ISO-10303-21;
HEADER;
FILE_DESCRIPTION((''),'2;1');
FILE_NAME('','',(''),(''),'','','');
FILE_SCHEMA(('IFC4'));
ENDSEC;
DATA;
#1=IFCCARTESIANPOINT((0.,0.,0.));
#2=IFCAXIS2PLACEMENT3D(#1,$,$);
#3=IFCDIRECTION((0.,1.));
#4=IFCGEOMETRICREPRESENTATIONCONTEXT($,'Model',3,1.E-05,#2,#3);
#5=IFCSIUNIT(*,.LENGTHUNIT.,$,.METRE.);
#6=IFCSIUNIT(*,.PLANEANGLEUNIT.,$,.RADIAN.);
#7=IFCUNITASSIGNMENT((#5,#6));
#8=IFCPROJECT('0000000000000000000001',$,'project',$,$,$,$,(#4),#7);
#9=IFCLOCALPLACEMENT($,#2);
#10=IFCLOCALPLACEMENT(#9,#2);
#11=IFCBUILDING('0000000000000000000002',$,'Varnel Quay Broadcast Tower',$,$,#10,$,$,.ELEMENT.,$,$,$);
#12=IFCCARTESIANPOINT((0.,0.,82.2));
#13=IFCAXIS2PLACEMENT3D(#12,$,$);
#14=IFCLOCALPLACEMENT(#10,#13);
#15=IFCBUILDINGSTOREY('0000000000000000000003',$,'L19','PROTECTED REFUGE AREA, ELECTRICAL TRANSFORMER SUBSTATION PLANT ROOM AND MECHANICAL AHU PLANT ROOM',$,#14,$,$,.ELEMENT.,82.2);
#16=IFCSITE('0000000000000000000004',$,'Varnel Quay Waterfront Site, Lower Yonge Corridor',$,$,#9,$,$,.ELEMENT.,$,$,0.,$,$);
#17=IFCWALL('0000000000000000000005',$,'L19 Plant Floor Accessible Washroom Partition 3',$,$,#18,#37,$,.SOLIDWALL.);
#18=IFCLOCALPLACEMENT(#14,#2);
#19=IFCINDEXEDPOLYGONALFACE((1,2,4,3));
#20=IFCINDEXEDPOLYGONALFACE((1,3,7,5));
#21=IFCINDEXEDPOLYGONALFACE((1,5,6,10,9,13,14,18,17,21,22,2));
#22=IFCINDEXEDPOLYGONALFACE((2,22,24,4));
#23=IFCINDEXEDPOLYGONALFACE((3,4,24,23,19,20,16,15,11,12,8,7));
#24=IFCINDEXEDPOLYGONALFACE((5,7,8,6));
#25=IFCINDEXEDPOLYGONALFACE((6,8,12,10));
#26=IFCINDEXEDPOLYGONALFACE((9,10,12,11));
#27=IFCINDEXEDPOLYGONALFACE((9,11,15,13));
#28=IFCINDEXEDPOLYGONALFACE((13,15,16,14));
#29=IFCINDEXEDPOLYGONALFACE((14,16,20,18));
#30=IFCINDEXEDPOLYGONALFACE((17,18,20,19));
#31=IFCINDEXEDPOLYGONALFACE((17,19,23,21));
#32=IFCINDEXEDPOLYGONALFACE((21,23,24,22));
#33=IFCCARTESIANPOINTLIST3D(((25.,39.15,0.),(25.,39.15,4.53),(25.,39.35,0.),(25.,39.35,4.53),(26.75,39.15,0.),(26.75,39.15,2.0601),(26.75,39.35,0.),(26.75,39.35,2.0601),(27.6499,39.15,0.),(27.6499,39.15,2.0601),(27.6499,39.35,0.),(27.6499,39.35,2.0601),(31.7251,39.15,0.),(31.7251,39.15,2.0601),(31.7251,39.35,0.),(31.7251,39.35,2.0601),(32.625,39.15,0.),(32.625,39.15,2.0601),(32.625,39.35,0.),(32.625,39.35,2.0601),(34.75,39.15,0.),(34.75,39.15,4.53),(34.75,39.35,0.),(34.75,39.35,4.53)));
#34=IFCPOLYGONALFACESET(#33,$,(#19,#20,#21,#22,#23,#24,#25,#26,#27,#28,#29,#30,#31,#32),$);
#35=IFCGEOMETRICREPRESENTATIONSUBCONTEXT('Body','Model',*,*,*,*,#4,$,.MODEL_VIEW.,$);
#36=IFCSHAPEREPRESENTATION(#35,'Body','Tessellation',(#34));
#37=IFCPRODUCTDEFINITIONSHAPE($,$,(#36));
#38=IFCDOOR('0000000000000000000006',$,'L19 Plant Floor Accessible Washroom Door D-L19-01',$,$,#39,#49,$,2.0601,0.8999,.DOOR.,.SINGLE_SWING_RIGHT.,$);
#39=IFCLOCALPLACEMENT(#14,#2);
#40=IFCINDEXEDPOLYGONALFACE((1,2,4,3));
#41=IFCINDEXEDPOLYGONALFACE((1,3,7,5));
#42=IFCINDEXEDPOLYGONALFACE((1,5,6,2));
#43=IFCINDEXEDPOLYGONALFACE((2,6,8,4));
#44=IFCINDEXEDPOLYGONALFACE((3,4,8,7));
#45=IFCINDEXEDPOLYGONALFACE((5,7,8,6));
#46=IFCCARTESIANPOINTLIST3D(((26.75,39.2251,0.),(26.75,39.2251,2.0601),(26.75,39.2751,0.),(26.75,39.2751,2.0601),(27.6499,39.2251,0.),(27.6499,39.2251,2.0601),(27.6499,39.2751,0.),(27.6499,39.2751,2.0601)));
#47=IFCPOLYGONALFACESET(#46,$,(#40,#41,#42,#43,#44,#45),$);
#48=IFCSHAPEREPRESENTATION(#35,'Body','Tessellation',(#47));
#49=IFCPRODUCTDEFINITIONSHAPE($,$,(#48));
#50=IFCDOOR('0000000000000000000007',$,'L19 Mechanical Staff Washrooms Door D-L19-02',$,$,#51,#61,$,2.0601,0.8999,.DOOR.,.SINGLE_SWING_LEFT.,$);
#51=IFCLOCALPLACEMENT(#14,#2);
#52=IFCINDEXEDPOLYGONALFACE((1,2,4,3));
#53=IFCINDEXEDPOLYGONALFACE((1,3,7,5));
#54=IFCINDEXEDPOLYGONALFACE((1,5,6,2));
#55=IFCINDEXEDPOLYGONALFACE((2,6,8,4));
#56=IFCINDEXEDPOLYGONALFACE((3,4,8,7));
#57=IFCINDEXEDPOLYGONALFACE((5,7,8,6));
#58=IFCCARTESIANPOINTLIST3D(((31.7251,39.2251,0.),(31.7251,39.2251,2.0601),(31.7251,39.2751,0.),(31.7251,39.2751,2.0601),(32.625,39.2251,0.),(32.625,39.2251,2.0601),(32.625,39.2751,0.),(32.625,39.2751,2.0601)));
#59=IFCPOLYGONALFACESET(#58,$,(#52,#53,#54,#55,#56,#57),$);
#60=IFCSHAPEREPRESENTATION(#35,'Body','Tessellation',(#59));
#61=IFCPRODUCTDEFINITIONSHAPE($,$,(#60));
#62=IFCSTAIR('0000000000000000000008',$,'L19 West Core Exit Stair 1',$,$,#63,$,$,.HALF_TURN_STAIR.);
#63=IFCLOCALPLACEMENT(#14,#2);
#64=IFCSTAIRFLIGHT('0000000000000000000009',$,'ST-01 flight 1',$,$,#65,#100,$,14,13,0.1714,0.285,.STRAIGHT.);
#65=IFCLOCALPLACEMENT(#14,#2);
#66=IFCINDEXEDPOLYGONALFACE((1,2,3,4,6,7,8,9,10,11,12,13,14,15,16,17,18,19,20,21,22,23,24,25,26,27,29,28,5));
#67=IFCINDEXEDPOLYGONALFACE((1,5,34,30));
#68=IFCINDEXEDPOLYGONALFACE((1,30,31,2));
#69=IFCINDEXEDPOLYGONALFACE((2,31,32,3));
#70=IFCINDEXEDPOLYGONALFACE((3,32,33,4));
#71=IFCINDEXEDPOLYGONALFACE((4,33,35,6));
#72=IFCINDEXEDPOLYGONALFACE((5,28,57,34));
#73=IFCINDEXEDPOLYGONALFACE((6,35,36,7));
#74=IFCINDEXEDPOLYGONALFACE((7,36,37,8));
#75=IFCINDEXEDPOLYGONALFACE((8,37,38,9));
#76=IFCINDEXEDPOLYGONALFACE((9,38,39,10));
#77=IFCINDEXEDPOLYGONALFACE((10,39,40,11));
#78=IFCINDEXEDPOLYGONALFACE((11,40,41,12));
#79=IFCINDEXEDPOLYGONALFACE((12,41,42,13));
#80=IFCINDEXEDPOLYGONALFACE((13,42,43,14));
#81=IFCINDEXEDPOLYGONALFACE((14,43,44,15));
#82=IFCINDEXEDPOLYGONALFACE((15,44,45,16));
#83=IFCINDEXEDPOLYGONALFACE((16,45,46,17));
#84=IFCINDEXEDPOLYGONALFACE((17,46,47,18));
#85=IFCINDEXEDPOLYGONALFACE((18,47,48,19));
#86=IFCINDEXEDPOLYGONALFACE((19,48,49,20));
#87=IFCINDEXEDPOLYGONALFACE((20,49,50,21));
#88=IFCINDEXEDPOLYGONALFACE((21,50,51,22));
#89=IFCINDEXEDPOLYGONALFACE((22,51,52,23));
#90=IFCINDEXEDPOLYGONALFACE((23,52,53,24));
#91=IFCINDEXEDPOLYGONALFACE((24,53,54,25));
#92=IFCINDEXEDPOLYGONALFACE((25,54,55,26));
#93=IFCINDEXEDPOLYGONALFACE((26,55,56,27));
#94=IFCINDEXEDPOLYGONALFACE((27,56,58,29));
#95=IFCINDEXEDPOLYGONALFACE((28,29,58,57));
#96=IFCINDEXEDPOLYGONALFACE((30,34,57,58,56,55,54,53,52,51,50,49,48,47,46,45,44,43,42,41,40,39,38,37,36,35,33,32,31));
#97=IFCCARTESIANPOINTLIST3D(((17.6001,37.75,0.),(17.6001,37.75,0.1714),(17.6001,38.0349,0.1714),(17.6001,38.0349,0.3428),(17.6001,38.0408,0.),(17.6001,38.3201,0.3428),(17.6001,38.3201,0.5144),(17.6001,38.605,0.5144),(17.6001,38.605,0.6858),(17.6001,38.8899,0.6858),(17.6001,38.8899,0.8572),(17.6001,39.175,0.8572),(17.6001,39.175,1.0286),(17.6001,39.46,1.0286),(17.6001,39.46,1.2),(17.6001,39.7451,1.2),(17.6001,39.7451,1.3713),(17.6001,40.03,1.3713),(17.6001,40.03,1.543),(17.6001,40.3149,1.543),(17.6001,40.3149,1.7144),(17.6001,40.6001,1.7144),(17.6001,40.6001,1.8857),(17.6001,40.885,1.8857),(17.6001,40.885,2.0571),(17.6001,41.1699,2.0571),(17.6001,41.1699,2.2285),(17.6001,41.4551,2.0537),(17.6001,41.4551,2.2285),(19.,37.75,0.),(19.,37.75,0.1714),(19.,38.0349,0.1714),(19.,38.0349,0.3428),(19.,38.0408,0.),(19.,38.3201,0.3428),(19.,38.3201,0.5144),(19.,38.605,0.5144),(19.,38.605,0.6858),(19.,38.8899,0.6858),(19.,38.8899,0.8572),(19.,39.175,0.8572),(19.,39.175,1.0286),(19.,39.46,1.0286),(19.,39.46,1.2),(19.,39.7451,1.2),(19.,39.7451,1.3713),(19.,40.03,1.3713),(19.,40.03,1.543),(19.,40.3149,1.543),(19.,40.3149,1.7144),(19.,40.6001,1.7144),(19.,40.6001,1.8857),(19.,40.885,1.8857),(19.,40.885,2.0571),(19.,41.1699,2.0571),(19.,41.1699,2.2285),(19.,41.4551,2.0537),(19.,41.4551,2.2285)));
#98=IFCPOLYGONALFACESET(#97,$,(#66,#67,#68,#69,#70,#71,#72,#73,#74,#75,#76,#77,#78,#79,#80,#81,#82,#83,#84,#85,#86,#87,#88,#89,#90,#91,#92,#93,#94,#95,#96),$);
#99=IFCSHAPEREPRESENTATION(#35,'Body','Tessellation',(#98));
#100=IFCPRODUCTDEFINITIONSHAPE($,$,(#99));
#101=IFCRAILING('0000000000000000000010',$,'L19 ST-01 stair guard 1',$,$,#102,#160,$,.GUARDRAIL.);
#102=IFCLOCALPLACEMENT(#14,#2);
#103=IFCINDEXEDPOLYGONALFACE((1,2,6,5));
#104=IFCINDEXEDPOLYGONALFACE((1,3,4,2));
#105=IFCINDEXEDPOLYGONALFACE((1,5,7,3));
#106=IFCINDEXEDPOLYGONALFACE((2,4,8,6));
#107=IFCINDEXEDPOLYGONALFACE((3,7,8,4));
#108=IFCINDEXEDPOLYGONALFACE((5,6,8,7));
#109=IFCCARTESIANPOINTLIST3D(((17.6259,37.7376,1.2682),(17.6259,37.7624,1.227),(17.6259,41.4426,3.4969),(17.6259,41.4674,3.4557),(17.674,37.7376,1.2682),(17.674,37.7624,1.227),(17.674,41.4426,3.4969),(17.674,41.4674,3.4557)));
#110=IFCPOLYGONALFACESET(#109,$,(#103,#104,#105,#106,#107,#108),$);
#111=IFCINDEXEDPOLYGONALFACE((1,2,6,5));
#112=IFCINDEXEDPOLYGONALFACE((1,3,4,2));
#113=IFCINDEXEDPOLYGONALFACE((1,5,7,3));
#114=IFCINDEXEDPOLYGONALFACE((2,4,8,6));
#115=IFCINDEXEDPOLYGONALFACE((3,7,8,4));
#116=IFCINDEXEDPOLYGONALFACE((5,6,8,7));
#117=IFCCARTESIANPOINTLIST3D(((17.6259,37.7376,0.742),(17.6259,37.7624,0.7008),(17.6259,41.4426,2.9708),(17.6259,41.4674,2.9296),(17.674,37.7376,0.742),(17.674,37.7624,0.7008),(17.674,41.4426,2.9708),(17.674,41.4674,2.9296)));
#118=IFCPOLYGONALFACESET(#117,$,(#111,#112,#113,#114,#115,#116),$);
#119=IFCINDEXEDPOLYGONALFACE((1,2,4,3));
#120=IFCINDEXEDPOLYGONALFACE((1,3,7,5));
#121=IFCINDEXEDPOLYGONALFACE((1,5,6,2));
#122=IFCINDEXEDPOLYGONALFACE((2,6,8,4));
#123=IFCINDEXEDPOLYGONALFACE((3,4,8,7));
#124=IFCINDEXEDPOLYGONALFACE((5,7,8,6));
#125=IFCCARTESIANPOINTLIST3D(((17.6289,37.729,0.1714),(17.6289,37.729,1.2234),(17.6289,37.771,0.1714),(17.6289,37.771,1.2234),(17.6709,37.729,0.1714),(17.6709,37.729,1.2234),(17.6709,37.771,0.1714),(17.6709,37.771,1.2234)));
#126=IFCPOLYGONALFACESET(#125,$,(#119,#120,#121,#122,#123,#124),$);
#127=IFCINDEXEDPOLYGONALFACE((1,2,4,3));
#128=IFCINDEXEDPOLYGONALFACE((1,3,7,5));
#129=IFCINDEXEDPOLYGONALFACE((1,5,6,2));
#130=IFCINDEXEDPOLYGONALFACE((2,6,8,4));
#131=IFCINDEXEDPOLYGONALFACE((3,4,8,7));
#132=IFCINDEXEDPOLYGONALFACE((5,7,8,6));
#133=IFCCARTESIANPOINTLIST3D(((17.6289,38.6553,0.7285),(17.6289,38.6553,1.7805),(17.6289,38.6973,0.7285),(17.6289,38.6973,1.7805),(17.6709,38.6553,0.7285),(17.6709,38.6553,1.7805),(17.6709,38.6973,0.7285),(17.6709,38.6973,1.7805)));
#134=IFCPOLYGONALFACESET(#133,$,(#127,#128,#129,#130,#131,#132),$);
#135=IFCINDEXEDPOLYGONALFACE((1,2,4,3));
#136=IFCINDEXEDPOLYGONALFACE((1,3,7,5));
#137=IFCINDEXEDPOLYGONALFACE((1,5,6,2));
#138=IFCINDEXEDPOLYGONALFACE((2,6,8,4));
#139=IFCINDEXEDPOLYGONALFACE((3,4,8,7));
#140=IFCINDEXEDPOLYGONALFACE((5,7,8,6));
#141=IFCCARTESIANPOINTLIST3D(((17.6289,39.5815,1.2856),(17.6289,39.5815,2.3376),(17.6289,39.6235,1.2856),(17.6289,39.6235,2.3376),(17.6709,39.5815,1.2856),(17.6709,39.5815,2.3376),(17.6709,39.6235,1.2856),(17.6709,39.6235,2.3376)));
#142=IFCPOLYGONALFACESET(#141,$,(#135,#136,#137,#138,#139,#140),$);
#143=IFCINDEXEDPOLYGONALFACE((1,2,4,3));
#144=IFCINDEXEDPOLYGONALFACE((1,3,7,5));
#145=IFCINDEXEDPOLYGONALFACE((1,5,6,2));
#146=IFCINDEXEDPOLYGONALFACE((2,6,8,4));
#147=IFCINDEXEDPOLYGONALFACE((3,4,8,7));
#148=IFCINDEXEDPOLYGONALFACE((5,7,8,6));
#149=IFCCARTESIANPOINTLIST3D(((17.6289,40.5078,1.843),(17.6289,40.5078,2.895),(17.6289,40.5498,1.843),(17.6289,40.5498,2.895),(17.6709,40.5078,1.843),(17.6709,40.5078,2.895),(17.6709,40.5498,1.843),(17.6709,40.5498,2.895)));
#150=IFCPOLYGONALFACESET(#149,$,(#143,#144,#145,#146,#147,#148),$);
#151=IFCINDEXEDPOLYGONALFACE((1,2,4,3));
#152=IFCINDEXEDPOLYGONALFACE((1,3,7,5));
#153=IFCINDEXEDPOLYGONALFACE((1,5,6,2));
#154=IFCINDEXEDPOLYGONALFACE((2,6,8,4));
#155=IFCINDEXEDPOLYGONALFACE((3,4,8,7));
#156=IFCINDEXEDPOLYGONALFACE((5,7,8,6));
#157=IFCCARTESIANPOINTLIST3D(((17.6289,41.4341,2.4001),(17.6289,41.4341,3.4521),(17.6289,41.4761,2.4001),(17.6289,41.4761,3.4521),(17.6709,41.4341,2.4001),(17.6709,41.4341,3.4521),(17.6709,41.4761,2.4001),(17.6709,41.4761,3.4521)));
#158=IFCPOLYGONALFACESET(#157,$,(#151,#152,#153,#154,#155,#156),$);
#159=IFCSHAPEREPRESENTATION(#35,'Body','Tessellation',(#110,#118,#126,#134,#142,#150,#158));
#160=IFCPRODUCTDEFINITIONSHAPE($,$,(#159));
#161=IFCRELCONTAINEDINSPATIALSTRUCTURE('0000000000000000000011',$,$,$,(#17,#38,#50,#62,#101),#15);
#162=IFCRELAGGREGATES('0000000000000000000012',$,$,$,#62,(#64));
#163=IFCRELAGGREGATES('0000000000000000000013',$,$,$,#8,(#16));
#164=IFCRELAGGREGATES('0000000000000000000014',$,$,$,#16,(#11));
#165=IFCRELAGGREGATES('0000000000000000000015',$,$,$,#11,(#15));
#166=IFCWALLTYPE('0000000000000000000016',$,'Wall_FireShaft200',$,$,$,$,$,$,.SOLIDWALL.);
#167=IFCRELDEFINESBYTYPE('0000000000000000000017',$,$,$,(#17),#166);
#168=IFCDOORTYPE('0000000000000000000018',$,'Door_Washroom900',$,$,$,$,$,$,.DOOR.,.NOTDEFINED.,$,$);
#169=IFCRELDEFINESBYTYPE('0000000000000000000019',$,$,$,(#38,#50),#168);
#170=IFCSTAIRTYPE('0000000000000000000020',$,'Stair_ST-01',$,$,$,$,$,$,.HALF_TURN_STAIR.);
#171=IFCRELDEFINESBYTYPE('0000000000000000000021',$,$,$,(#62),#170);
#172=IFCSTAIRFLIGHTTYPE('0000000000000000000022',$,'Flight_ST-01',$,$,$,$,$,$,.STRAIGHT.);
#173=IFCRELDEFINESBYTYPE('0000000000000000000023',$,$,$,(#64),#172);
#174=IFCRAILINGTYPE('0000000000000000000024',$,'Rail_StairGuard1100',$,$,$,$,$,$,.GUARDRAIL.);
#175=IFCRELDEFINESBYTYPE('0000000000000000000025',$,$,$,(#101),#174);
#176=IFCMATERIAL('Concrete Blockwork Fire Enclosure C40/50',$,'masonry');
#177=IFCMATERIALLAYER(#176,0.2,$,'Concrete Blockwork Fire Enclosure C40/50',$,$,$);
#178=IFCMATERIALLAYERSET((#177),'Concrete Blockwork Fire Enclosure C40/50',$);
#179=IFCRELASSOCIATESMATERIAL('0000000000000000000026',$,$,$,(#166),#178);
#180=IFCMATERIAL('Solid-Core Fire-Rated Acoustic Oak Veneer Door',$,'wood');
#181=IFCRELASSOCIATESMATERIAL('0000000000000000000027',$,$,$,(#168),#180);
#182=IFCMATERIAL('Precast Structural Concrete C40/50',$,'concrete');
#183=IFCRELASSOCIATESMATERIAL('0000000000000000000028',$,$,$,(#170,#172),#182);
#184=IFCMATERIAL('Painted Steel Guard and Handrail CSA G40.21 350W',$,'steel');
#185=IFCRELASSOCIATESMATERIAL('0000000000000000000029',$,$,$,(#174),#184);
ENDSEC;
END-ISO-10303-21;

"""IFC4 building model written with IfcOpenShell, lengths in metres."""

from ifc_helpers import new_model, si_unit, direction, frame, frame_2d, origin, origin_2d, place, context, subcontext, project, spatial, polyline, rectangle, outline, extrude, source, transform, mapped, material, layer, layer_set, type_object, type_shapes, element, fill, aggregate, save


model = new_model("IFC4")

# Units and contexts
model_context = context("Model", 3, precision=1e-05, world=origin(), true_north=direction((0.0, 1.0)))
body_context = subcontext(model_context, "Body", "Model", "MODEL_VIEW")
ifc_project = project(units=[si_unit("LENGTHUNIT", "METRE"), si_unit("PLANEANGLEUNIT", "RADIAN")], contexts=[model_context])

# Site, building, storey
site_placement = place(None, origin())
site = spatial("IfcSite", under=ifc_project, at=site_placement, Name="Varnel Quay Waterfront Site, Lower Yonge Corridor", CompositionType="ELEMENT", RefElevation=0.0)
building_placement = place(site_placement, origin())
building = spatial("IfcBuilding", under=site, at=building_placement, Name="Varnel Quay Broadcast Tower", CompositionType="ELEMENT")
storey_placement = place(building_placement, frame((0.0, 0.0, 82.2)))
storey = spatial("IfcBuildingStorey", under=building, at=storey_placement, Name="L19", Description="PROTECTED REFUGE AREA, ELECTRICAL TRANSFORMER SUBSTATION PLANT ROOM AND MECHANICAL AHU PLANT ROOM", CompositionType="ELEMENT", Elevation=82.2)

# Shared definitions
ifc_material_1 = material(Name="Concrete Blockwork Fire Enclosure C40/50", Category="masonry")
ifc_layer_1 = layer(ifc_material_1, 0.2, Name="Concrete Blockwork Fire Enclosure C40/50")
ifc_layer_set_1 = layer_set([ifc_layer_1], Name="Concrete Blockwork Fire Enclosure C40/50")
wall_type_1 = type_object("IfcWallType", Name="Wall_FireShaft200", PredefinedType="SOLIDWALL", material=ifc_layer_set_1)

# Wall, openings, doors
wall_1_placement = place(storey_placement, frame((25.0, 39.25, 0.0), z_axis=(0.0, 0.0, 1.0), x_axis=(1.0, 0.0, 0.0)))
wall_1 = element("IfcWall", 1, at=wall_1_placement, inside=storey, type_object=wall_type_1, Name="L19 Plant Floor Accessible Washroom Partition 3", PredefinedType="SOLIDWALL", context=body_context, shape_type="SweptSolid", body=[
    extrude(rectangle(XDim=9.75, YDim=0.2, at=frame_2d((4.875, 0.0))), origin(), (0.0, 0.0, 1.0), 4.53),
])
opening_1_placement = place(wall_1_placement, frame((1.75, 0.0, 0.0)))
opening_1 = element("IfcOpeningElement", 2, at=opening_1_placement, cuts=wall_1, PredefinedType="OPENING", context=body_context, shape_type="SweptSolid", body=[
    extrude(rectangle(XDim=0.8999, YDim=2.0601, at=frame_2d((0.45, 1.03))), frame((0.0, 0.1099, 0.0), z_axis=(0.0, -1.0, 0.0), x_axis=(1.0, 0.0, 0.0)), (0.0, 0.0, 1.0), 0.22),
])
opening_2_placement = place(wall_1_placement, frame((6.7251, 0.0, 0.0)))
opening_2 = element("IfcOpeningElement", 3, at=opening_2_placement, cuts=wall_1, PredefinedType="OPENING", context=body_context, shape_type="SweptSolid", body=[
    extrude(rectangle(XDim=0.8999, YDim=2.0601, at=frame_2d((0.45, 1.03))), frame((0.0, 0.1099, 0.0), z_axis=(0.0, -1.0, 0.0), x_axis=(1.0, 0.0, 0.0)), (0.0, 0.0, 1.0), 0.22),
])
ifc_material_2 = material(Name="Solid-Core Fire-Rated Acoustic Oak Veneer Door", Category="wood")
door_type_1 = type_object("IfcDoorType", Name="Door_Washroom900", OperationType="NOTDEFINED", PredefinedType="DOOR", material=ifc_material_2)
shared_shape_1 = source(origin(), body_context, "Body", "SweptSolid", [
    extrude(rectangle(XDim=0.8999, YDim=2.0601, at=frame_2d((0.45, 1.03))), frame((0.0, 0.0249, 0.0), z_axis=(0.0, -1.0, 0.0), x_axis=(1.0, 0.0, 0.0)), (0.0, 0.0, 1.0), 0.05),
])
type_shapes(door_type_1, [shared_shape_1])
door_1_placement = place(opening_1_placement, frame((0.8999, 0.0, 0.0), z_axis=(0.0, 0.0, 1.0), x_axis=(-1.0, 0.0, 0.0)))
door_1 = element("IfcDoor", 4, at=door_1_placement, inside=storey, type_object=door_type_1, Name="L19 Plant Floor Accessible Washroom Door D-L19-01", OperationType="SINGLE_SWING_RIGHT", OverallHeight=2.0601, OverallWidth=0.8999, PredefinedType="DOOR", context=body_context, shape_type="MappedRepresentation", body=[
    mapped(shared_shape_1, transform((0.0, 0.0, 0.0), x_axis=(1.0, 0.0, 0.0), y_axis=(0.0, 1.0, 0.0), z_axis=(0.0, 0.0, 1.0), scale=1.0)),
])
fill(opening_1, door_1)
door_2_placement = place(opening_2_placement, frame((0.8999, 0.0, 0.0), z_axis=(0.0, 0.0, 1.0), x_axis=(-1.0, 0.0, 0.0)))
door_2 = element("IfcDoor", 5, at=door_2_placement, inside=storey, type_object=door_type_1, Name="L19 Mechanical Staff Washrooms Door D-L19-02", OperationType="SINGLE_SWING_LEFT", OverallHeight=2.0601, OverallWidth=0.8999, PredefinedType="DOOR", context=body_context, shape_type="MappedRepresentation", body=[
    mapped(shared_shape_1, transform((0.0, 0.0, 0.0), x_axis=(1.0, 0.0, 0.0), y_axis=(0.0, 1.0, 0.0), z_axis=(0.0, 0.0, 1.0), scale=1.0)),
])
fill(opening_2, door_2)

# Stair, stair flight
ifc_material_3 = material(Name="Precast Structural Concrete C40/50", Category="concrete")
stair_type = type_object("IfcStairType", Name="Stair_ST-01", PredefinedType="HALF_TURN_STAIR", material=ifc_material_3)
stair_placement = place(storey_placement, origin())
stair = element("IfcStair", 6, at=stair_placement, inside=storey, type_object=stair_type, Name="L19 West Core Exit Stair 1", PredefinedType="HALF_TURN_STAIR")
stair_flight_type = type_object("IfcStairFlightType", Name="Flight_ST-01", PredefinedType="STRAIGHT", material=ifc_material_3)
stair_flight_placement = place(storey_placement, frame((18.3, 37.75, 0.0), z_axis=(0.0, 0.0, 1.0), x_axis=(0.0, 1.0, 0.0)))
stair_flight = element("IfcStairFlight", 7, at=stair_flight_placement, type_object=stair_flight_type, Name="ST-01 flight 1", NumberOfRisers=14, NumberOfTreads=13, PredefinedType="STRAIGHT", RiserHeight=0.1714, TreadLength=0.285, context=body_context, shape_type="SweptSolid", body=[
    extrude(outline(polyline([(0.0, 0.0), (0.0, 0.1714), (0.2849, 0.1714), (0.2849, 0.3428), (0.5701, 0.3428), (0.5701, 0.5144), (0.855, 0.5144), (0.855, 0.6858), (1.1399, 0.6858), (1.1399, 0.8572), (1.425, 0.8572), (1.425, 1.0286), (1.71, 1.0286), (1.71, 1.2), (1.9951, 1.2), (1.9951, 1.3713), (2.28, 1.3713), (2.28, 1.543), (2.5649, 1.543), (2.5649, 1.7144), (2.8501, 1.7144), (2.8501, 1.8857), (3.135, 1.8857), (3.135, 2.0571), (3.4199, 2.0571), (3.4199, 2.2285), (3.7051, 2.2285), (3.7051, 2.3999), (3.7051, 2.0537), (0.2908, 0.0), (0.0, 0.0)])), frame((0.0, 0.7, 0.0), z_axis=(0.0, -1.0, 0.0), x_axis=(1.0, 0.0, 0.0)), (0.0, 0.0, 1.0), 1.3999),
])
aggregate(stair, [stair_flight])

# Railing
ifc_material_4 = material(Name="Painted Steel Guard and Handrail CSA G40.21 350W", Category="steel")
railing_type_1 = type_object("IfcRailingType", Name="Rail_StairGuard1100", PredefinedType="GUARDRAIL", material=ifc_material_4)
railing_1_placement = place(storey_placement, frame((17.6499, 37.75, 0.1714)))
element("IfcRailing", 8, at=railing_1_placement, inside=storey, type_object=railing_type_1, Name="L19 ST-01 stair guard 1", PredefinedType="GUARDRAIL", context=body_context, shape_type="SweptSolid", body=[
    extrude(rectangle(XDim=0.0481, YDim=0.0481, at=origin_2d()), frame((0.0, 0.0, 1.0762), z_axis=(0.0, 0.856909, 0.515467), x_axis=(-1.0, 0.0, 0.0)), (0.0, 0.0, 1.0), 4.3237),
    extrude(rectangle(XDim=0.0481, YDim=0.0481, at=origin_2d()), frame((0.0, 0.0, 0.55), z_axis=(0.0, 0.856909, 0.515467), x_axis=(-1.0, 0.0, 0.0)), (0.0, 0.0, 1.0), 4.3237),
    extrude(rectangle(XDim=0.042, YDim=0.042, at=origin_2d()), origin(), (0.0, 0.0, 1.0), 1.052),
    extrude(rectangle(XDim=0.042, YDim=0.042, at=origin_2d()), frame((0.0, 0.9263, 0.5571)), (0.0, 0.0, 1.0), 1.052),
    extrude(rectangle(XDim=0.042, YDim=0.042, at=origin_2d()), frame((0.0, 1.8525, 1.1143)), (0.0, 0.0, 1.0), 1.052),
    extrude(rectangle(XDim=0.042, YDim=0.042, at=origin_2d()), frame((0.0, 2.7788, 1.6716)), (0.0, 0.0, 1.0), 1.052),
    extrude(rectangle(XDim=0.042, YDim=0.042, at=origin_2d()), frame((0.0, 3.7051, 2.2288)), (0.0, 0.0, 1.0), 1.052),
])

save(model, "model.ifc")
